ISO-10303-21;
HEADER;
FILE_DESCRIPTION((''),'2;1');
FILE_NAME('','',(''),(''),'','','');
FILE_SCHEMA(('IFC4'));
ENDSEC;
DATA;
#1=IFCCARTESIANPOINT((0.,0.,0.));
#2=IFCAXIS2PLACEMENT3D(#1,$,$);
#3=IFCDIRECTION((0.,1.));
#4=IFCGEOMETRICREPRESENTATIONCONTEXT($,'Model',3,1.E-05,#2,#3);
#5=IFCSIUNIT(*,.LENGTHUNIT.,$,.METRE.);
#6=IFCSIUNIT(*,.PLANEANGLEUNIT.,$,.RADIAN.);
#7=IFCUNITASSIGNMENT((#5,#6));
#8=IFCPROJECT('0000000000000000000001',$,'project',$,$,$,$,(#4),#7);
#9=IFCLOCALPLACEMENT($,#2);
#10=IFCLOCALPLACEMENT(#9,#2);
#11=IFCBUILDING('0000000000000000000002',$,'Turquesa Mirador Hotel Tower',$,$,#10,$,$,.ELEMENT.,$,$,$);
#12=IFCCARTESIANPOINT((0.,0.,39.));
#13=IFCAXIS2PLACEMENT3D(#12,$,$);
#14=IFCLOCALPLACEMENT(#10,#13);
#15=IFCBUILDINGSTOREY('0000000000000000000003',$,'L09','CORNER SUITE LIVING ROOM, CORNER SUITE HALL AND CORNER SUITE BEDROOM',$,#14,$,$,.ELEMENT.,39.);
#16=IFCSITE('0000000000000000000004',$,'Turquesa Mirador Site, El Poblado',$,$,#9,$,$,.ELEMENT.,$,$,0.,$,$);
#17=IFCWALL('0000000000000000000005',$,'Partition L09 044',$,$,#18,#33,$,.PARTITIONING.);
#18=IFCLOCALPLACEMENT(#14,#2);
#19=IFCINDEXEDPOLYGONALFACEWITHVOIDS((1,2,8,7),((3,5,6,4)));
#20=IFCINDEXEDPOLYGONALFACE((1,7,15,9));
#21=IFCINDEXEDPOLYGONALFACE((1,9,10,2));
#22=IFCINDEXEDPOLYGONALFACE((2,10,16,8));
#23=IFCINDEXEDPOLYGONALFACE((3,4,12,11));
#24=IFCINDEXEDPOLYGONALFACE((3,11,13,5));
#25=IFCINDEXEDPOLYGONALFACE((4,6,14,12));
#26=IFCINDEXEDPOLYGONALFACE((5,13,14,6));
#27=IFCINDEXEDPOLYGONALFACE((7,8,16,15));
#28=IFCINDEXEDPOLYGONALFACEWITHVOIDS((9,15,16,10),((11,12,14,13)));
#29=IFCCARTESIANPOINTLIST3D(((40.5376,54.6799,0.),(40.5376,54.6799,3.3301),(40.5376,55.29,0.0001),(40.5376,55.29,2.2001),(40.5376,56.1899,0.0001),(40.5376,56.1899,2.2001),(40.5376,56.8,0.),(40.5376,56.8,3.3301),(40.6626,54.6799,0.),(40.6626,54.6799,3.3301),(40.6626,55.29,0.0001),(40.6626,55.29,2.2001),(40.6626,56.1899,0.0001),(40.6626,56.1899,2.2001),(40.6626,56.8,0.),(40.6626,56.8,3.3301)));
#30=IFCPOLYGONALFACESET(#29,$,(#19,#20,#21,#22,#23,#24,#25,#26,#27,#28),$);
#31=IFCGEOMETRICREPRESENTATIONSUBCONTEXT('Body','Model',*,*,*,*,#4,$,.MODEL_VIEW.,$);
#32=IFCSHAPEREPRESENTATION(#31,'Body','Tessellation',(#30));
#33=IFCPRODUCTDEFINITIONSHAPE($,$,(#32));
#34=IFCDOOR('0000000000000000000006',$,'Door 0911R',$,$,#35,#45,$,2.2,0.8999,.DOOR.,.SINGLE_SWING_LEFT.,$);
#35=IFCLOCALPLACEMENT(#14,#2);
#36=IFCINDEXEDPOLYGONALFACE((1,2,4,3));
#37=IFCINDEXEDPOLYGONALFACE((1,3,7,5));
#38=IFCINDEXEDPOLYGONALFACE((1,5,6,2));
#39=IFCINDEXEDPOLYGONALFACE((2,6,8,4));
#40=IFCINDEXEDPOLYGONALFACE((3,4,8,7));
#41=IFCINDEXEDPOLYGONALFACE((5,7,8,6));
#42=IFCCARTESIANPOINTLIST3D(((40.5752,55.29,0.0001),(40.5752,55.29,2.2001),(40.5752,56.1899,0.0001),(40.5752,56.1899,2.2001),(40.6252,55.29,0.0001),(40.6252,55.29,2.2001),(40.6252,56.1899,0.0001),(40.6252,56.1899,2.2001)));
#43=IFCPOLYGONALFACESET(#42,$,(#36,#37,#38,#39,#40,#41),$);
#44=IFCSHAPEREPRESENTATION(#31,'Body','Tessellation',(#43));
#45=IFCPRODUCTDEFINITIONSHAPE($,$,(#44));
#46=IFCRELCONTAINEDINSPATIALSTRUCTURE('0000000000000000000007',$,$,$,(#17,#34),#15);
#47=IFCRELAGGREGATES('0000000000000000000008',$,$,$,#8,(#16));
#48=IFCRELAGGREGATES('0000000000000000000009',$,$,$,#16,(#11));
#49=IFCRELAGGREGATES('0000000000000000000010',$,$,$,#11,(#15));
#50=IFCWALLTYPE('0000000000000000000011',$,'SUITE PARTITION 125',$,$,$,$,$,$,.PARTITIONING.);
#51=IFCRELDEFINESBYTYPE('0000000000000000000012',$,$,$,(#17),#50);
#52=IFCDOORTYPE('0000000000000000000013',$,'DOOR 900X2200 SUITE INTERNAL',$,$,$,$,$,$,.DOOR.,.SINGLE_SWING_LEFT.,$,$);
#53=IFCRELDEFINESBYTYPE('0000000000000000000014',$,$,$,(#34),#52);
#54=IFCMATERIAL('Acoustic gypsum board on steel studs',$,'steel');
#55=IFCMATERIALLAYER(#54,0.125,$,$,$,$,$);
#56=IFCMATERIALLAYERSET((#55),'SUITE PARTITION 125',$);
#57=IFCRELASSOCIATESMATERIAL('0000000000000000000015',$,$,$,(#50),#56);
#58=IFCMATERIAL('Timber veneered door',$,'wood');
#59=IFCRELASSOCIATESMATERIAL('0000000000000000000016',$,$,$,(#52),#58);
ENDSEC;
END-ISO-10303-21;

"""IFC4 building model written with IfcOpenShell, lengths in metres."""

from ifc_helpers import new_model, si_unit, direction, frame, frame_2d, origin, place, context, subcontext, project, spatial, rectangle, extrude, material, layer, layer_set, type_object, element, fill, save


model = new_model("IFC4")

# Units and contexts
model_context = context("Model", 3, precision=1e-05, world=origin(), true_north=direction((0.0, 1.0)))
body_context = subcontext(model_context, "Body", "Model", "MODEL_VIEW")
ifc_project = project(units=[si_unit("LENGTHUNIT", "METRE"), si_unit("PLANEANGLEUNIT", "RADIAN")], contexts=[model_context])

# Site, building, storey
site_placement = place(None, origin())
site = spatial("IfcSite", under=ifc_project, at=site_placement, Name="Turquesa Mirador Site, El Poblado", CompositionType="ELEMENT", RefElevation=0.0)
building_placement = place(site_placement, origin())
building = spatial("IfcBuilding", under=site, at=building_placement, Name="Turquesa Mirador Hotel Tower", CompositionType="ELEMENT")
storey_placement = place(building_placement, frame((0.0, 0.0, 39.0)))
storey = spatial("IfcBuildingStorey", under=building, at=storey_placement, Name="L09", Description="CORNER SUITE LIVING ROOM, CORNER SUITE HALL AND CORNER SUITE BEDROOM", CompositionType="ELEMENT", Elevation=39.0)

# Wall, opening, door
ifc_material_1 = material(Name="Acoustic gypsum board on steel studs", Category="steel")
ifc_layer_1 = layer(ifc_material_1, 0.125)
ifc_layer_set_1 = layer_set([ifc_layer_1], Name="SUITE PARTITION 125")
wall_type_1 = type_object("IfcWallType", Name="SUITE PARTITION 125", PredefinedType="PARTITIONING", material=ifc_layer_set_1)
ifc_material_2 = material(Name="Timber veneered door", Category="wood")
door_type_1 = type_object("IfcDoorType", Name="DOOR 900X2200 SUITE INTERNAL", OperationType="SINGLE_SWING_LEFT", PredefinedType="DOOR", material=ifc_material_2)
wall_1_placement = place(storey_placement, frame((40.6001, 54.6799, 0.0), z_axis=(0.0, 0.0, 1.0), x_axis=(0.0, 1.0, 0.0)))
wall_1 = element("IfcWall", 1, at=wall_1_placement, inside=storey, type_object=wall_type_1, Name="Partition L09 044", PredefinedType="PARTITIONING", context=body_context, shape_type="SweptSolid", body=[
    extrude(rectangle(XDim=2.1201, YDim=0.125, at=frame_2d((1.0601, 0.0))), origin(), (0.0, 0.0, 1.0), 3.3301),
])
opening_1_placement = place(wall_1_placement, frame((0.6101, 0.0, 0.0)))
opening_1 = element("IfcOpeningElement", 2, at=opening_1_placement, cuts=wall_1, PredefinedType="OPENING", context=body_context, shape_type="SweptSolid", body=[
    extrude(rectangle(XDim=0.8999, YDim=2.2, at=frame_2d((0.45, 1.1001))), frame((0.0, 0.0725, 0.0), z_axis=(0.0, -1.0, 0.0), x_axis=(1.0, 0.0, 0.0)), (0.0, 0.0, 1.0), 0.145),
])
door_1_placement = place(opening_1_placement, origin())
door_1 = element("IfcDoor", 3, at=door_1_placement, inside=storey, type_object=door_type_1, Name="Door 0911R", OperationType="SINGLE_SWING_LEFT", OverallHeight=2.2, OverallWidth=0.8999, PredefinedType="DOOR", context=body_context, shape_type="SweptSolid", body=[
    extrude(rectangle(XDim=0.8999, YDim=2.2, at=frame_2d((0.45, 1.1001))), frame((0.0, 0.0249, 0.0), z_axis=(0.0, -1.0, 0.0), x_axis=(1.0, 0.0, 0.0)), (0.0, 0.0, 1.0), 0.05),
])
fill(opening_1, door_1)

save(model, "model.ifc")
